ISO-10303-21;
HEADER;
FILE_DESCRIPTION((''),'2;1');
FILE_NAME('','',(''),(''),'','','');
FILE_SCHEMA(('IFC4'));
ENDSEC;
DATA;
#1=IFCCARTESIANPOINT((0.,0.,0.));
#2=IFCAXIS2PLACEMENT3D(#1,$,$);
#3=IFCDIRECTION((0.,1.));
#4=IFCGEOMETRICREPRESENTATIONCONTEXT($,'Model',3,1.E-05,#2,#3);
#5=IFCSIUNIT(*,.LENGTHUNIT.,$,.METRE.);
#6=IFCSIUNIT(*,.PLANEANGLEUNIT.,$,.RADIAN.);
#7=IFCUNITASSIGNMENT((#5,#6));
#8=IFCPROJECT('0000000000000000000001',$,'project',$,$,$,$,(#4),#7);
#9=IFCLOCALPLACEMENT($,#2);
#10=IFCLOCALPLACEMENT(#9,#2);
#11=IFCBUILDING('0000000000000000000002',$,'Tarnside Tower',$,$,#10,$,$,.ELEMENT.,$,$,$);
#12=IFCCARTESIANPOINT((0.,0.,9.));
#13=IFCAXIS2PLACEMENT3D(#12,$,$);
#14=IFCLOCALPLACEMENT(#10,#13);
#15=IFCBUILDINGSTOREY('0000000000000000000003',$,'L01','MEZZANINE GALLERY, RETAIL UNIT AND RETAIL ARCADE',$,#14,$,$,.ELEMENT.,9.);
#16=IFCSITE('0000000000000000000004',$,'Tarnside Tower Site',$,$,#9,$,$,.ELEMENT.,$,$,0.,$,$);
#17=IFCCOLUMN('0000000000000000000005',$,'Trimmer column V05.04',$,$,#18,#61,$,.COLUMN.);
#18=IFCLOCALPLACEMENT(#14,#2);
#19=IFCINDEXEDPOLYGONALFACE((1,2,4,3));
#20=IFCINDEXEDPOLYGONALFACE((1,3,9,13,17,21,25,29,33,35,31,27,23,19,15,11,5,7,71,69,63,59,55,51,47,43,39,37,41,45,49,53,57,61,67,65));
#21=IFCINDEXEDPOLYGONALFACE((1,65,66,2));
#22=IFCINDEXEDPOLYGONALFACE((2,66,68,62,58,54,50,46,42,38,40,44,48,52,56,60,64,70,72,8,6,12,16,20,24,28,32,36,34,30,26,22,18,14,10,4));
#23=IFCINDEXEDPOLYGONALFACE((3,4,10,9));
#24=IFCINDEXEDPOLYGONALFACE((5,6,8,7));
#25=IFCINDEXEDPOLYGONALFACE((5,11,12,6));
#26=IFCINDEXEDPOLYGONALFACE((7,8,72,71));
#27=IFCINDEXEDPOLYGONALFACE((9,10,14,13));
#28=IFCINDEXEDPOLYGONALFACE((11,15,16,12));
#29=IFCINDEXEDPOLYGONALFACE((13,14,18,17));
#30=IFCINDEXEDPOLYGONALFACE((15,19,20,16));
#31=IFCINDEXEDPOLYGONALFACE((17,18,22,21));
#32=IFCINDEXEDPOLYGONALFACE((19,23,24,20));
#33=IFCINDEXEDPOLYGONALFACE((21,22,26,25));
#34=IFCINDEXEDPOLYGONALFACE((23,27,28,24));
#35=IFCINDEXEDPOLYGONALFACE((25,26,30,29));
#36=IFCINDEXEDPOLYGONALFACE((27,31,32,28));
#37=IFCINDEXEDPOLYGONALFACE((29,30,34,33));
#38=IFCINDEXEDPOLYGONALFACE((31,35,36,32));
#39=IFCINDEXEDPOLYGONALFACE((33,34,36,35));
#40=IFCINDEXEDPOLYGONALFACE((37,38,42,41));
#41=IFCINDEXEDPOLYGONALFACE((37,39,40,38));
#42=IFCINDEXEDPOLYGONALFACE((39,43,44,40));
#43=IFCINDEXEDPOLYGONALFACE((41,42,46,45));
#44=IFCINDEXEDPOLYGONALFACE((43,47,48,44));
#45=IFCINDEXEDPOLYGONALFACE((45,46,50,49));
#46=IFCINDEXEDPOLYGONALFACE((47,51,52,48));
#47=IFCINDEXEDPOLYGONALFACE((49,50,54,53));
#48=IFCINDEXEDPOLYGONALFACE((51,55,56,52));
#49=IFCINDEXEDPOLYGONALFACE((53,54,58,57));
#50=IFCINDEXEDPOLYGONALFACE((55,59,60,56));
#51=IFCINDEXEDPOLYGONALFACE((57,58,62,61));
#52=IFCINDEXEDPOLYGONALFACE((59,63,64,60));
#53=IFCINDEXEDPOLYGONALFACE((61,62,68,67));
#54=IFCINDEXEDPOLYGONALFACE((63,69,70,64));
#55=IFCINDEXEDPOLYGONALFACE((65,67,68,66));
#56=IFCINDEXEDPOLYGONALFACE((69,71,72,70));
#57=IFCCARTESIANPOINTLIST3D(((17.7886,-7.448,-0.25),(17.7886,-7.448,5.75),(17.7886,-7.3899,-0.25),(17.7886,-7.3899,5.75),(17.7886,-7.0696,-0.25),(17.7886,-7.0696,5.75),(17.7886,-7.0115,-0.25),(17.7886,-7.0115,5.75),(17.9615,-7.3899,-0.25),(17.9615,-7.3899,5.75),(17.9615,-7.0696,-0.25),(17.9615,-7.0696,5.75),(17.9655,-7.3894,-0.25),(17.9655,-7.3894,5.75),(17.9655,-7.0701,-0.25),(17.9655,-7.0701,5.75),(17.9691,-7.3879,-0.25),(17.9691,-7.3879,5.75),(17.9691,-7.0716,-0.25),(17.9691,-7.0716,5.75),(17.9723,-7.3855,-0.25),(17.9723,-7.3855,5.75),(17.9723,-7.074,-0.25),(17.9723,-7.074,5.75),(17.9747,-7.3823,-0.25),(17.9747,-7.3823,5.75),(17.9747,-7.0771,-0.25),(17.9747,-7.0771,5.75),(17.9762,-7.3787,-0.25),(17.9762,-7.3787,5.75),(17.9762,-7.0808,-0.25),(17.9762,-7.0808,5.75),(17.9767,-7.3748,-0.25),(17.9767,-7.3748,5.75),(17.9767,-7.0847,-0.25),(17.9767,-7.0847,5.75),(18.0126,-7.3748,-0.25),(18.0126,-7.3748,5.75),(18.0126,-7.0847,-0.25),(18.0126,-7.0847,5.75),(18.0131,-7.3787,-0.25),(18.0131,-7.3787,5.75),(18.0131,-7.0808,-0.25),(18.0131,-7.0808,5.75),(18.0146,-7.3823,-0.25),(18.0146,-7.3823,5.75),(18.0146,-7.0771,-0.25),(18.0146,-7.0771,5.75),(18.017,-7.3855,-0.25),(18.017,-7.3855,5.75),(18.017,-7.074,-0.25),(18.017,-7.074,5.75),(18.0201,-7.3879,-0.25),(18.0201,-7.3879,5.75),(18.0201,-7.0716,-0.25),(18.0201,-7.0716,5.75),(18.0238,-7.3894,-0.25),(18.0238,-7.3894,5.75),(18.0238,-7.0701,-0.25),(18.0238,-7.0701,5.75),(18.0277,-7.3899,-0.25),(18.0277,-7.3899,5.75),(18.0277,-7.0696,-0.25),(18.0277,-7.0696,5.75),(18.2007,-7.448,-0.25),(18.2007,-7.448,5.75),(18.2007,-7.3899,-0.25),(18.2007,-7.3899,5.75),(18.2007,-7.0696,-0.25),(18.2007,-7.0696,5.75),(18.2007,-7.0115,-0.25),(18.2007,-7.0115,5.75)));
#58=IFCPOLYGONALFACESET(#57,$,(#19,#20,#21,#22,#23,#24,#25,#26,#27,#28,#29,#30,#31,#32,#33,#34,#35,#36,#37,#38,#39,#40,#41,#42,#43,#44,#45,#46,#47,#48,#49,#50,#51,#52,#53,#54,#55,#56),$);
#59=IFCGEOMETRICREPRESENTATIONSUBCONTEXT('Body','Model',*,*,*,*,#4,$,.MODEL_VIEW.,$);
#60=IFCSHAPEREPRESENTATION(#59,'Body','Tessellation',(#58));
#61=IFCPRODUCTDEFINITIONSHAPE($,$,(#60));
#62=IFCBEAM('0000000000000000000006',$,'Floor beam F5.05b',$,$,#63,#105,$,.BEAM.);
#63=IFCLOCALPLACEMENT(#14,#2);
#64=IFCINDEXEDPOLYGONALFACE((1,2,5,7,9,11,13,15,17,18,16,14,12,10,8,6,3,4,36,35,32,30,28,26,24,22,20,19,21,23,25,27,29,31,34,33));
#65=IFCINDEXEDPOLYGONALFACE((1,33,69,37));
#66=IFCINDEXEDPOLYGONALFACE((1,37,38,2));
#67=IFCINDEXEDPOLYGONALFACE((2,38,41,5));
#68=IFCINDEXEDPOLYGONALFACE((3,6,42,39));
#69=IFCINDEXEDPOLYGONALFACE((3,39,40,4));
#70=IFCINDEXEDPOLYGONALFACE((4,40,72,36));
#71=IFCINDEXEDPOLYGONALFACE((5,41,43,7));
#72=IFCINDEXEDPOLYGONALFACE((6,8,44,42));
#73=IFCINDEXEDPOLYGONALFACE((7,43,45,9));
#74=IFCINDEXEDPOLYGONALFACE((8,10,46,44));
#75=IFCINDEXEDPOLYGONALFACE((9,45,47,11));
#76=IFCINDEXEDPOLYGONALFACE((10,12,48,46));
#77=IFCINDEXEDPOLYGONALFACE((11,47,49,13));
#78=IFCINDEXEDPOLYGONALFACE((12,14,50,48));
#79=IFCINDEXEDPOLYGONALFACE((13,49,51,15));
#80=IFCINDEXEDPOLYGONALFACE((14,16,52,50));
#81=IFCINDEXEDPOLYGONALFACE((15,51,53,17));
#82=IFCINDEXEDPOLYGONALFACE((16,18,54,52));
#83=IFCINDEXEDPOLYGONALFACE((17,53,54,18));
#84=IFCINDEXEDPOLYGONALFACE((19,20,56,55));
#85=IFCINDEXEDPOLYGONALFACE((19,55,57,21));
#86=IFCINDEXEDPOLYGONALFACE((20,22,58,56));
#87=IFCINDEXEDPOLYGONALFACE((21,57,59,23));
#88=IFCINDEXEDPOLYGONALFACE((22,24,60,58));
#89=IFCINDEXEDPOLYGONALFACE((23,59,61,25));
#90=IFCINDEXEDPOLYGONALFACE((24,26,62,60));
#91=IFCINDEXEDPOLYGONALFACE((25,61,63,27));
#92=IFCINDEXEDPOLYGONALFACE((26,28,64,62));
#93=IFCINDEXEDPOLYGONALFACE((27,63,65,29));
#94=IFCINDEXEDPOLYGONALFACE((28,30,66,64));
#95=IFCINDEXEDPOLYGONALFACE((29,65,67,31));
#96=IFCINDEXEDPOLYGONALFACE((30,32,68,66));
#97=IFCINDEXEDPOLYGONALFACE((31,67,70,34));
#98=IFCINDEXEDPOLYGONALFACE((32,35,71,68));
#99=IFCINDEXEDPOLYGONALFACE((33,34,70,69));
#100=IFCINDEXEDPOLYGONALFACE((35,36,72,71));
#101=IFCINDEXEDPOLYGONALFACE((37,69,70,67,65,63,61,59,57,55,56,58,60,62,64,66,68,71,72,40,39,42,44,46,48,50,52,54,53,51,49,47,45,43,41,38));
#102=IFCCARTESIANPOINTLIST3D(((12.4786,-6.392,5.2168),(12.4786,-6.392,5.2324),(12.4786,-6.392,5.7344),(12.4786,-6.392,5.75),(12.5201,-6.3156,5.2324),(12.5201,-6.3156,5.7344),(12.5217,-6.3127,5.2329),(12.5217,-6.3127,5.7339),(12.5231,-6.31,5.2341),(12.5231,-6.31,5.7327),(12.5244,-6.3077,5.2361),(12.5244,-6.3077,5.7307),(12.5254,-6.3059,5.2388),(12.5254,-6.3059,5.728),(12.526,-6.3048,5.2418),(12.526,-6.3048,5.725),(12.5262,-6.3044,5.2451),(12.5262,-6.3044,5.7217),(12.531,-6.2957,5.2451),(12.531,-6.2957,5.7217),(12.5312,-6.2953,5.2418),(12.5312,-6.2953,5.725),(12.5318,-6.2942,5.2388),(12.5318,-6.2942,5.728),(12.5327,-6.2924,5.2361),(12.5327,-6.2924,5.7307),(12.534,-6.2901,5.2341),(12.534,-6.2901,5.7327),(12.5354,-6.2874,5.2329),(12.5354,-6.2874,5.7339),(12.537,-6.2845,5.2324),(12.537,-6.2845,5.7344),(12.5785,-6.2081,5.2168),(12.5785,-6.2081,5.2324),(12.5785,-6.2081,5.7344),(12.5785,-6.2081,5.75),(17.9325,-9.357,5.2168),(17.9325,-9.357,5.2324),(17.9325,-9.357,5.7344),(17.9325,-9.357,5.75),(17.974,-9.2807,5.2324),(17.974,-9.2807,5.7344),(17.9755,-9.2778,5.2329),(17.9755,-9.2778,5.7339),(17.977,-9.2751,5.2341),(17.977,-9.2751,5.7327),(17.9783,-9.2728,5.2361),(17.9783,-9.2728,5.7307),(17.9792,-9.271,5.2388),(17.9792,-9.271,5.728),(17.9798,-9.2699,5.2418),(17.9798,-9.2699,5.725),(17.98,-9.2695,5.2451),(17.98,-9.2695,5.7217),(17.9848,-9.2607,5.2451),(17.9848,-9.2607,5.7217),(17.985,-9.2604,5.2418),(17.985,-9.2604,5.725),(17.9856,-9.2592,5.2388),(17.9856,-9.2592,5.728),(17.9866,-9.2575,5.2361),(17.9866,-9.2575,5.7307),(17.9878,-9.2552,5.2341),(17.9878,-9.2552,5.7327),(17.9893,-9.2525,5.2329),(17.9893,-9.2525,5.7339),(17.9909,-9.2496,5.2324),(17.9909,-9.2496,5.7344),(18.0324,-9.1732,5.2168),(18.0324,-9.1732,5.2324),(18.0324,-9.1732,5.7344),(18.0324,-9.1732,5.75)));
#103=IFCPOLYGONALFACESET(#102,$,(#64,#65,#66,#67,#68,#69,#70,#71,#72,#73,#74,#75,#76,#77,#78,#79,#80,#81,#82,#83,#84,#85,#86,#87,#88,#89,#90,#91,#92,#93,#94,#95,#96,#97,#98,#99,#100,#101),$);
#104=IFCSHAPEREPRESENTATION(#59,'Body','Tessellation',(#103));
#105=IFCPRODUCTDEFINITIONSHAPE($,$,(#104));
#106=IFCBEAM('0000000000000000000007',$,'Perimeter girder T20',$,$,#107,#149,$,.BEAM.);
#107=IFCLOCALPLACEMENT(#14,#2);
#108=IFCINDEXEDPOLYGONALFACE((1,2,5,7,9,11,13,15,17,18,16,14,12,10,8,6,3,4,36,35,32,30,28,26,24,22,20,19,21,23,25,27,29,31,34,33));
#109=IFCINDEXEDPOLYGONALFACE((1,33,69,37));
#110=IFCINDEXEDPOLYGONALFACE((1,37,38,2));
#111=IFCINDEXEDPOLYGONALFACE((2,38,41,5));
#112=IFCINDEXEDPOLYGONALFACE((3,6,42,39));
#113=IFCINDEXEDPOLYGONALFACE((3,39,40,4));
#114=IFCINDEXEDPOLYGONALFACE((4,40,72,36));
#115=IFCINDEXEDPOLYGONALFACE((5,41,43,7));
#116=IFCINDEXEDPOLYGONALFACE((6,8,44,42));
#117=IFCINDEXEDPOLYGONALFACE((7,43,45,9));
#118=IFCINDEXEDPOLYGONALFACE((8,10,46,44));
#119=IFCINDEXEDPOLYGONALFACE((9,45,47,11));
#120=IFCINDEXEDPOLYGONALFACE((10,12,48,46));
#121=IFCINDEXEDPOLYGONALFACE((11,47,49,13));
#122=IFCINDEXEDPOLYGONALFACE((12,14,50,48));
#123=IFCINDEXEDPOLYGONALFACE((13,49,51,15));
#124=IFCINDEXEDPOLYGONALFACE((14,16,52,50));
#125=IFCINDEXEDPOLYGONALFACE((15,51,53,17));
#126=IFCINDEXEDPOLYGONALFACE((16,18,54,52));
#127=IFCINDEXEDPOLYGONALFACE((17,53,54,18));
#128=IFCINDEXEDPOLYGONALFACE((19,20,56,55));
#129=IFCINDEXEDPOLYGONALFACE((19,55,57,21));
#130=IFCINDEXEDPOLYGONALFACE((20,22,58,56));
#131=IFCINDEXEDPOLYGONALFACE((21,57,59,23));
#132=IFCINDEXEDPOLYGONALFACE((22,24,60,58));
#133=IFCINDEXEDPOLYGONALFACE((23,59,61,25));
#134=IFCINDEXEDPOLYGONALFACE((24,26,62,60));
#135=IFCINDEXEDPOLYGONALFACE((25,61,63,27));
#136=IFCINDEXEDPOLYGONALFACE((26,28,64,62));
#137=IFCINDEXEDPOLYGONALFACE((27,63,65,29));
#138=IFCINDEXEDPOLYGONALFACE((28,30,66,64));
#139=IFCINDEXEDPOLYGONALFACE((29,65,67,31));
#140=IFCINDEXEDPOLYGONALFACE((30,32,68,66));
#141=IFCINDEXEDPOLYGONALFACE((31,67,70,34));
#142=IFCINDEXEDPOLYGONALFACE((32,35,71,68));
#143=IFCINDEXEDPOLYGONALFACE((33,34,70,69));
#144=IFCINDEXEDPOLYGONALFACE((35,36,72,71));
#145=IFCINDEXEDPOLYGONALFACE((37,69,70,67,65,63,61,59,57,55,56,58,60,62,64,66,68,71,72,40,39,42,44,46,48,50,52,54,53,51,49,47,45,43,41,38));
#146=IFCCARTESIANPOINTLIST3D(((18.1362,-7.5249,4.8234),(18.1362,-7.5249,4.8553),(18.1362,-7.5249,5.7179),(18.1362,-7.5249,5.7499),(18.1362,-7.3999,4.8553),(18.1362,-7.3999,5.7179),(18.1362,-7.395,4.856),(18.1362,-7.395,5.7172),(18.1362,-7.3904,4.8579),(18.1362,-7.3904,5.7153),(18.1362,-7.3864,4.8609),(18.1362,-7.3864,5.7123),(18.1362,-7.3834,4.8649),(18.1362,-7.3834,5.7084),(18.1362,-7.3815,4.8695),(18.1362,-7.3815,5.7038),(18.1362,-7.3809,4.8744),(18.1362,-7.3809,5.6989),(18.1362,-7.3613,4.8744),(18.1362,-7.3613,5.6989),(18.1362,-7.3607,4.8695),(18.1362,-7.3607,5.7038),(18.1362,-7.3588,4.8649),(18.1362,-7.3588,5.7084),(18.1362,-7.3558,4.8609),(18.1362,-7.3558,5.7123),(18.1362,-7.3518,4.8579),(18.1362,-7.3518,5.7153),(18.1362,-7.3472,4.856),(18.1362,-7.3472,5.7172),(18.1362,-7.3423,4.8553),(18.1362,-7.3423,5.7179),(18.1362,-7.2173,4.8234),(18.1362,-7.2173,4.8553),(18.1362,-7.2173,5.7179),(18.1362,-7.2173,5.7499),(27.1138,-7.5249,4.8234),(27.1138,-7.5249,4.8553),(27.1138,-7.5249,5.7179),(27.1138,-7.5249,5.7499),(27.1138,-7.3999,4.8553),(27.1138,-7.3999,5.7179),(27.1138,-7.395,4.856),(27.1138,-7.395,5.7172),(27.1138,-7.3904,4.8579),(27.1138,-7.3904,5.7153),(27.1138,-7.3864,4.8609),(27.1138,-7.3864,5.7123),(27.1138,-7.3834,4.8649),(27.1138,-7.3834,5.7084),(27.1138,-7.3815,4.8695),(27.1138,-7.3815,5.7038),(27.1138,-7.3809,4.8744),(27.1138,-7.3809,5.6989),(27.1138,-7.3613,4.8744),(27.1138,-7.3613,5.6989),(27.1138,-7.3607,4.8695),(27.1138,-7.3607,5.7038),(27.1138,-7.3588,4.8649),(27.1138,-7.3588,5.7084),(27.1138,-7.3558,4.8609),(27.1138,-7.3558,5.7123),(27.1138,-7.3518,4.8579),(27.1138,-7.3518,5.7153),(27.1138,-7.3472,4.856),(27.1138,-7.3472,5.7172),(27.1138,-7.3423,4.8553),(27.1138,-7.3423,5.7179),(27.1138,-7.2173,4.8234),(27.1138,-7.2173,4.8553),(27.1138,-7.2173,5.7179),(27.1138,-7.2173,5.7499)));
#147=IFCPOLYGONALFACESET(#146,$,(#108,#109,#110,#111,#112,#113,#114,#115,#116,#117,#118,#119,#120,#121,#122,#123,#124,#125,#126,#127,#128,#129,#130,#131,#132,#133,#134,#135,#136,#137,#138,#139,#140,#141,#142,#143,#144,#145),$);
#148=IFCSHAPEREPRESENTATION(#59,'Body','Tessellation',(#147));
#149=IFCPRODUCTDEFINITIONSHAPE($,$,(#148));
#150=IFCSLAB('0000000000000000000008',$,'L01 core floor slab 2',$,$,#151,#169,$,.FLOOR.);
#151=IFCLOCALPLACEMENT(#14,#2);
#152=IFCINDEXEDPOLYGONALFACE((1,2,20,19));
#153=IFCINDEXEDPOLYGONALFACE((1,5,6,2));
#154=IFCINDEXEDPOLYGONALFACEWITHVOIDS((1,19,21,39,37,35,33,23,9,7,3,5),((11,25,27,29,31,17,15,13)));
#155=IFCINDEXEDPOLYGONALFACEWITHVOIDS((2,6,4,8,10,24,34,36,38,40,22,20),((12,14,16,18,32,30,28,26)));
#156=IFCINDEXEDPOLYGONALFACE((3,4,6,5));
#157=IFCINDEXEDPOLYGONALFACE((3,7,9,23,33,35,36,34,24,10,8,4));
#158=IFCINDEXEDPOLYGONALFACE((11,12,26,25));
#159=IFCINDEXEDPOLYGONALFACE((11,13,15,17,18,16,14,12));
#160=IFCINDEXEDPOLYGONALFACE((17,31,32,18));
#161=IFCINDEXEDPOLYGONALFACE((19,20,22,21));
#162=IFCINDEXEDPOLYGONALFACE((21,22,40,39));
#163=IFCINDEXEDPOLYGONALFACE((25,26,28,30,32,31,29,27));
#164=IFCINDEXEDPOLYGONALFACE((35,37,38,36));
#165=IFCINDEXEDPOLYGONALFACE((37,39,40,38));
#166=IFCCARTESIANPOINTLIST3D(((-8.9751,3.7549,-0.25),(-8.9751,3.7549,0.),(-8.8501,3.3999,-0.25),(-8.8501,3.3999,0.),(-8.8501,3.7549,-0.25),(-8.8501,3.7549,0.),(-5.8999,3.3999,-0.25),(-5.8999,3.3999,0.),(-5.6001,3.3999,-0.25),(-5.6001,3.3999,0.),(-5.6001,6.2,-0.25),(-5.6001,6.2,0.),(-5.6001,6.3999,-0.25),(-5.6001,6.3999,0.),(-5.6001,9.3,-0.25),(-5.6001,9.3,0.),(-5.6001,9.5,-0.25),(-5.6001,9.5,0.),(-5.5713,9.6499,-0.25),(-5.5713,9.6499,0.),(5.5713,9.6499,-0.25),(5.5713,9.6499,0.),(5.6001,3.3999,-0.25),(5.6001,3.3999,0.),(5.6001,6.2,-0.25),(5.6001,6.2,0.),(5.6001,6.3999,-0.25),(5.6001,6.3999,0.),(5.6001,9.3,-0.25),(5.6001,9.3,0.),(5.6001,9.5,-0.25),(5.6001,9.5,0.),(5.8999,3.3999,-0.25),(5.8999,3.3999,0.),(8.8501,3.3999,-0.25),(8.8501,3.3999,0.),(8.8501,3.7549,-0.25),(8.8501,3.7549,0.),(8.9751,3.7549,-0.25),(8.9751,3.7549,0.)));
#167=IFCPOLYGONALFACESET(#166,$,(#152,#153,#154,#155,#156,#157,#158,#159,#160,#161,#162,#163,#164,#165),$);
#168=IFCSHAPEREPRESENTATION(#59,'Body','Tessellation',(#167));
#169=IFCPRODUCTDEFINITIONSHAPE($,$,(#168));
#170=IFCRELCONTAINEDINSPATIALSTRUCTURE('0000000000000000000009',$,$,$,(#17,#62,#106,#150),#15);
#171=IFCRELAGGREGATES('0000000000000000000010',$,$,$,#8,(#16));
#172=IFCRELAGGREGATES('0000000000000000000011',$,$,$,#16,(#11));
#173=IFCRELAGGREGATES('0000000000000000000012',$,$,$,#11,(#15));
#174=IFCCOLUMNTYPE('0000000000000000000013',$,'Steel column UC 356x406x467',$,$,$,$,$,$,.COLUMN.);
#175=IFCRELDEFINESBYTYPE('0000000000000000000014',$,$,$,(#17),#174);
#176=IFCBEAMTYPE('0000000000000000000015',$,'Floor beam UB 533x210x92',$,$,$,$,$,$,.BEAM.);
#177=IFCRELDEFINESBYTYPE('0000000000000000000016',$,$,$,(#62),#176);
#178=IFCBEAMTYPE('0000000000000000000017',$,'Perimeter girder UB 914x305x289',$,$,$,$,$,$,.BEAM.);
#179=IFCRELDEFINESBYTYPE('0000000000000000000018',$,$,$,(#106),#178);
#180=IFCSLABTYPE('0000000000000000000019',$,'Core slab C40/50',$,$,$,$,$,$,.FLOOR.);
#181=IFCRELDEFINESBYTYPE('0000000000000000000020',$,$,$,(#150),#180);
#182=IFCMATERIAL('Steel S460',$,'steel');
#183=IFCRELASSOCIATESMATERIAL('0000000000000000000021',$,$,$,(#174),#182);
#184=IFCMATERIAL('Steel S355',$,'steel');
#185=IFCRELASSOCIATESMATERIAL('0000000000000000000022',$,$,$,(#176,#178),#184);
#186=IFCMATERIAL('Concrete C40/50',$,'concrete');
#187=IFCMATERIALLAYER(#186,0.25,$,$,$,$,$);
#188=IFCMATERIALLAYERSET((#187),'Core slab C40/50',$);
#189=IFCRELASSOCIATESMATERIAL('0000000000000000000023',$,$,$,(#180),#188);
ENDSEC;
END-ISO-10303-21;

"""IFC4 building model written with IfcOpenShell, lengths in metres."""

from ifc_helpers import new_model, si_unit, direction, frame, origin, origin_2d, place, context, subcontext, project, spatial, polyline, i_section, outline, extrude, material, layer, layer_set, material_profile, profile_set, type_object, element, save


model = new_model("IFC4")

# Units and contexts
model_context = context("Model", 3, precision=1e-05, world=origin(), true_north=direction((0.0, 1.0)))
body_context = subcontext(model_context, "Body", "Model", "MODEL_VIEW")
ifc_project = project(units=[si_unit("LENGTHUNIT", "METRE"), si_unit("PLANEANGLEUNIT", "RADIAN")], contexts=[model_context])

# Site, building, storey
site_placement = place(None, origin())
site = spatial("IfcSite", under=ifc_project, at=site_placement, Name="Tarnside Tower Site", CompositionType="ELEMENT", RefElevation=0.0)
building_placement = place(site_placement, origin())
building = spatial("IfcBuilding", under=site, at=building_placement, Name="Tarnside Tower", CompositionType="ELEMENT")
storey_placement = place(building_placement, frame((0.0, 0.0, 9.0)))
storey = spatial("IfcBuildingStorey", under=building, at=storey_placement, Name="L01", Description="MEZZANINE GALLERY, RETAIL UNIT AND RETAIL ARCADE", CompositionType="ELEMENT", Elevation=9.0)

# Column
ifc_material_1 = material(Name="Steel S460", Category="steel")
ifc_material_profile_1 = material_profile(ifc_material_1, i_section(OverallWidth=0.4121, OverallDepth=0.4365, WebThickness=0.0359, FlangeThickness=0.0581, FilletRadius=0.0151, at=origin_2d()), Name="UC 356x406x467")
ifc_profile_set_1 = profile_set([ifc_material_profile_1], Name="Steel S460")
column_type = type_object("IfcColumnType", Name="Steel column UC 356x406x467", PredefinedType="COLUMN", material=ifc_profile_set_1)
column_placement = place(storey_placement, frame((17.9946, -7.2297, -0.25), z_axis=(0.0, 0.0, 1.0), x_axis=(1.0, 0.0, 0.0)))
element("IfcColumn", 1, at=column_placement, inside=storey, type_object=column_type, Name="Trimmer column V05.04", PredefinedType="COLUMN", context=body_context, shape_type="SweptSolid", body=[
    extrude(i_section(OverallWidth=0.4121, OverallDepth=0.4365, WebThickness=0.0359, FlangeThickness=0.0581, FilletRadius=0.0151, at=origin_2d()), origin(), (0.0, 0.0, 1.0), 6.0),
])

# Beams
ifc_material_2 = material(Name="Steel S355", Category="steel")
ifc_material_profile_2 = material_profile(ifc_material_2, i_section(OverallWidth=0.2092, OverallDepth=0.5332, WebThickness=0.01, FlangeThickness=0.0156, FilletRadius=0.0127, at=origin_2d()), Name="UB 533x210x92")
ifc_profile_set_2 = profile_set([ifc_material_profile_2], Name="Steel S355")
beam_type_1 = type_object("IfcBeamType", Name="Floor beam UB 533x210x92", PredefinedType="BEAM", material=ifc_profile_set_2)
beam_1_placement = place(storey_placement, frame((17.9824, -9.2651, 5.4834), z_axis=(-0.878555, 0.477642, 0.0), x_axis=(-0.477642, -0.878555, 0.0)))
element("IfcBeam", 2, at=beam_1_placement, inside=storey, type_object=beam_type_1, Name="Floor beam F5.05b", PredefinedType="BEAM", context=body_context, shape_type="SweptSolid", body=[
    extrude(i_section(OverallWidth=0.2092, OverallDepth=0.5332, WebThickness=0.01, FlangeThickness=0.0156, FilletRadius=0.0127, at=origin_2d()), origin(), (0.0, 0.0, 1.0), 6.2078),
])
ifc_material_profile_3 = material_profile(ifc_material_2, i_section(OverallWidth=0.3076, OverallDepth=0.9265, WebThickness=0.0195, FlangeThickness=0.032, FilletRadius=0.019, at=origin_2d()), Name="UB 914x305x289")
ifc_profile_set_3 = profile_set([ifc_material_profile_3], Name="Steel S355")
beam_type_2 = type_object("IfcBeamType", Name="Perimeter girder UB 914x305x289", PredefinedType="BEAM", material=ifc_profile_set_3)
beam_2_placement = place(storey_placement, frame((18.1362, -7.3711, 5.2866), z_axis=(1.0, 0.0, 0.0), x_axis=(0.0, 1.0, 0.0)))
element("IfcBeam", 3, at=beam_2_placement, inside=storey, type_object=beam_type_2, Name="Perimeter girder T20", PredefinedType="BEAM", context=body_context, shape_type="SweptSolid", body=[
    extrude(i_section(OverallWidth=0.3076, OverallDepth=0.9265, WebThickness=0.0195, FlangeThickness=0.032, FilletRadius=0.019, at=origin_2d()), origin(), (0.0, 0.0, 1.0), 8.9775),
])

# Slab
ifc_material_3 = material(Name="Concrete C40/50", Category="concrete")
ifc_layer_1 = layer(ifc_material_3, 0.25)
ifc_layer_set_1 = layer_set([ifc_layer_1], Name="Core slab C40/50")
slab_type = type_object("IfcSlabType", Name="Core slab C40/50", PredefinedType="FLOOR", material=ifc_layer_set_1)
slab_1_placement = place(storey_placement, frame((0.0, 0.0, -0.25)))
element("IfcSlab", 4, at=slab_1_placement, inside=storey, type_object=slab_type, Name="L01 core floor slab 2", PredefinedType="FLOOR", context=body_context, shape_type="SweptSolid", body=[
    extrude(outline(polyline([(-8.9751, 3.7549), (-5.5713, 9.6499), (5.5713, 9.6499), (8.9751, 3.7549), (8.8501, 3.7549), (8.8501, 3.3999), (5.8999, 3.3999), (5.6001, 3.3999), (5.6001, 3.3999), (-5.6001, 3.3999), (-5.8999, 3.3999), (-8.8501, 3.3999), (-8.8501, 3.7549), (-8.9751, 3.7549)]), holes=[polyline([(-5.6001, 6.2), (5.6001, 6.2), (5.6001, 6.3999), (5.6001, 9.3), (5.6001, 9.5), (-5.6001, 9.5), (-5.6001, 9.3), (-5.6001, 6.3999), (-5.6001, 6.2)])]), origin(), (0.0, 0.0, 1.0), 0.25),
])

save(model, "model.ifc")
